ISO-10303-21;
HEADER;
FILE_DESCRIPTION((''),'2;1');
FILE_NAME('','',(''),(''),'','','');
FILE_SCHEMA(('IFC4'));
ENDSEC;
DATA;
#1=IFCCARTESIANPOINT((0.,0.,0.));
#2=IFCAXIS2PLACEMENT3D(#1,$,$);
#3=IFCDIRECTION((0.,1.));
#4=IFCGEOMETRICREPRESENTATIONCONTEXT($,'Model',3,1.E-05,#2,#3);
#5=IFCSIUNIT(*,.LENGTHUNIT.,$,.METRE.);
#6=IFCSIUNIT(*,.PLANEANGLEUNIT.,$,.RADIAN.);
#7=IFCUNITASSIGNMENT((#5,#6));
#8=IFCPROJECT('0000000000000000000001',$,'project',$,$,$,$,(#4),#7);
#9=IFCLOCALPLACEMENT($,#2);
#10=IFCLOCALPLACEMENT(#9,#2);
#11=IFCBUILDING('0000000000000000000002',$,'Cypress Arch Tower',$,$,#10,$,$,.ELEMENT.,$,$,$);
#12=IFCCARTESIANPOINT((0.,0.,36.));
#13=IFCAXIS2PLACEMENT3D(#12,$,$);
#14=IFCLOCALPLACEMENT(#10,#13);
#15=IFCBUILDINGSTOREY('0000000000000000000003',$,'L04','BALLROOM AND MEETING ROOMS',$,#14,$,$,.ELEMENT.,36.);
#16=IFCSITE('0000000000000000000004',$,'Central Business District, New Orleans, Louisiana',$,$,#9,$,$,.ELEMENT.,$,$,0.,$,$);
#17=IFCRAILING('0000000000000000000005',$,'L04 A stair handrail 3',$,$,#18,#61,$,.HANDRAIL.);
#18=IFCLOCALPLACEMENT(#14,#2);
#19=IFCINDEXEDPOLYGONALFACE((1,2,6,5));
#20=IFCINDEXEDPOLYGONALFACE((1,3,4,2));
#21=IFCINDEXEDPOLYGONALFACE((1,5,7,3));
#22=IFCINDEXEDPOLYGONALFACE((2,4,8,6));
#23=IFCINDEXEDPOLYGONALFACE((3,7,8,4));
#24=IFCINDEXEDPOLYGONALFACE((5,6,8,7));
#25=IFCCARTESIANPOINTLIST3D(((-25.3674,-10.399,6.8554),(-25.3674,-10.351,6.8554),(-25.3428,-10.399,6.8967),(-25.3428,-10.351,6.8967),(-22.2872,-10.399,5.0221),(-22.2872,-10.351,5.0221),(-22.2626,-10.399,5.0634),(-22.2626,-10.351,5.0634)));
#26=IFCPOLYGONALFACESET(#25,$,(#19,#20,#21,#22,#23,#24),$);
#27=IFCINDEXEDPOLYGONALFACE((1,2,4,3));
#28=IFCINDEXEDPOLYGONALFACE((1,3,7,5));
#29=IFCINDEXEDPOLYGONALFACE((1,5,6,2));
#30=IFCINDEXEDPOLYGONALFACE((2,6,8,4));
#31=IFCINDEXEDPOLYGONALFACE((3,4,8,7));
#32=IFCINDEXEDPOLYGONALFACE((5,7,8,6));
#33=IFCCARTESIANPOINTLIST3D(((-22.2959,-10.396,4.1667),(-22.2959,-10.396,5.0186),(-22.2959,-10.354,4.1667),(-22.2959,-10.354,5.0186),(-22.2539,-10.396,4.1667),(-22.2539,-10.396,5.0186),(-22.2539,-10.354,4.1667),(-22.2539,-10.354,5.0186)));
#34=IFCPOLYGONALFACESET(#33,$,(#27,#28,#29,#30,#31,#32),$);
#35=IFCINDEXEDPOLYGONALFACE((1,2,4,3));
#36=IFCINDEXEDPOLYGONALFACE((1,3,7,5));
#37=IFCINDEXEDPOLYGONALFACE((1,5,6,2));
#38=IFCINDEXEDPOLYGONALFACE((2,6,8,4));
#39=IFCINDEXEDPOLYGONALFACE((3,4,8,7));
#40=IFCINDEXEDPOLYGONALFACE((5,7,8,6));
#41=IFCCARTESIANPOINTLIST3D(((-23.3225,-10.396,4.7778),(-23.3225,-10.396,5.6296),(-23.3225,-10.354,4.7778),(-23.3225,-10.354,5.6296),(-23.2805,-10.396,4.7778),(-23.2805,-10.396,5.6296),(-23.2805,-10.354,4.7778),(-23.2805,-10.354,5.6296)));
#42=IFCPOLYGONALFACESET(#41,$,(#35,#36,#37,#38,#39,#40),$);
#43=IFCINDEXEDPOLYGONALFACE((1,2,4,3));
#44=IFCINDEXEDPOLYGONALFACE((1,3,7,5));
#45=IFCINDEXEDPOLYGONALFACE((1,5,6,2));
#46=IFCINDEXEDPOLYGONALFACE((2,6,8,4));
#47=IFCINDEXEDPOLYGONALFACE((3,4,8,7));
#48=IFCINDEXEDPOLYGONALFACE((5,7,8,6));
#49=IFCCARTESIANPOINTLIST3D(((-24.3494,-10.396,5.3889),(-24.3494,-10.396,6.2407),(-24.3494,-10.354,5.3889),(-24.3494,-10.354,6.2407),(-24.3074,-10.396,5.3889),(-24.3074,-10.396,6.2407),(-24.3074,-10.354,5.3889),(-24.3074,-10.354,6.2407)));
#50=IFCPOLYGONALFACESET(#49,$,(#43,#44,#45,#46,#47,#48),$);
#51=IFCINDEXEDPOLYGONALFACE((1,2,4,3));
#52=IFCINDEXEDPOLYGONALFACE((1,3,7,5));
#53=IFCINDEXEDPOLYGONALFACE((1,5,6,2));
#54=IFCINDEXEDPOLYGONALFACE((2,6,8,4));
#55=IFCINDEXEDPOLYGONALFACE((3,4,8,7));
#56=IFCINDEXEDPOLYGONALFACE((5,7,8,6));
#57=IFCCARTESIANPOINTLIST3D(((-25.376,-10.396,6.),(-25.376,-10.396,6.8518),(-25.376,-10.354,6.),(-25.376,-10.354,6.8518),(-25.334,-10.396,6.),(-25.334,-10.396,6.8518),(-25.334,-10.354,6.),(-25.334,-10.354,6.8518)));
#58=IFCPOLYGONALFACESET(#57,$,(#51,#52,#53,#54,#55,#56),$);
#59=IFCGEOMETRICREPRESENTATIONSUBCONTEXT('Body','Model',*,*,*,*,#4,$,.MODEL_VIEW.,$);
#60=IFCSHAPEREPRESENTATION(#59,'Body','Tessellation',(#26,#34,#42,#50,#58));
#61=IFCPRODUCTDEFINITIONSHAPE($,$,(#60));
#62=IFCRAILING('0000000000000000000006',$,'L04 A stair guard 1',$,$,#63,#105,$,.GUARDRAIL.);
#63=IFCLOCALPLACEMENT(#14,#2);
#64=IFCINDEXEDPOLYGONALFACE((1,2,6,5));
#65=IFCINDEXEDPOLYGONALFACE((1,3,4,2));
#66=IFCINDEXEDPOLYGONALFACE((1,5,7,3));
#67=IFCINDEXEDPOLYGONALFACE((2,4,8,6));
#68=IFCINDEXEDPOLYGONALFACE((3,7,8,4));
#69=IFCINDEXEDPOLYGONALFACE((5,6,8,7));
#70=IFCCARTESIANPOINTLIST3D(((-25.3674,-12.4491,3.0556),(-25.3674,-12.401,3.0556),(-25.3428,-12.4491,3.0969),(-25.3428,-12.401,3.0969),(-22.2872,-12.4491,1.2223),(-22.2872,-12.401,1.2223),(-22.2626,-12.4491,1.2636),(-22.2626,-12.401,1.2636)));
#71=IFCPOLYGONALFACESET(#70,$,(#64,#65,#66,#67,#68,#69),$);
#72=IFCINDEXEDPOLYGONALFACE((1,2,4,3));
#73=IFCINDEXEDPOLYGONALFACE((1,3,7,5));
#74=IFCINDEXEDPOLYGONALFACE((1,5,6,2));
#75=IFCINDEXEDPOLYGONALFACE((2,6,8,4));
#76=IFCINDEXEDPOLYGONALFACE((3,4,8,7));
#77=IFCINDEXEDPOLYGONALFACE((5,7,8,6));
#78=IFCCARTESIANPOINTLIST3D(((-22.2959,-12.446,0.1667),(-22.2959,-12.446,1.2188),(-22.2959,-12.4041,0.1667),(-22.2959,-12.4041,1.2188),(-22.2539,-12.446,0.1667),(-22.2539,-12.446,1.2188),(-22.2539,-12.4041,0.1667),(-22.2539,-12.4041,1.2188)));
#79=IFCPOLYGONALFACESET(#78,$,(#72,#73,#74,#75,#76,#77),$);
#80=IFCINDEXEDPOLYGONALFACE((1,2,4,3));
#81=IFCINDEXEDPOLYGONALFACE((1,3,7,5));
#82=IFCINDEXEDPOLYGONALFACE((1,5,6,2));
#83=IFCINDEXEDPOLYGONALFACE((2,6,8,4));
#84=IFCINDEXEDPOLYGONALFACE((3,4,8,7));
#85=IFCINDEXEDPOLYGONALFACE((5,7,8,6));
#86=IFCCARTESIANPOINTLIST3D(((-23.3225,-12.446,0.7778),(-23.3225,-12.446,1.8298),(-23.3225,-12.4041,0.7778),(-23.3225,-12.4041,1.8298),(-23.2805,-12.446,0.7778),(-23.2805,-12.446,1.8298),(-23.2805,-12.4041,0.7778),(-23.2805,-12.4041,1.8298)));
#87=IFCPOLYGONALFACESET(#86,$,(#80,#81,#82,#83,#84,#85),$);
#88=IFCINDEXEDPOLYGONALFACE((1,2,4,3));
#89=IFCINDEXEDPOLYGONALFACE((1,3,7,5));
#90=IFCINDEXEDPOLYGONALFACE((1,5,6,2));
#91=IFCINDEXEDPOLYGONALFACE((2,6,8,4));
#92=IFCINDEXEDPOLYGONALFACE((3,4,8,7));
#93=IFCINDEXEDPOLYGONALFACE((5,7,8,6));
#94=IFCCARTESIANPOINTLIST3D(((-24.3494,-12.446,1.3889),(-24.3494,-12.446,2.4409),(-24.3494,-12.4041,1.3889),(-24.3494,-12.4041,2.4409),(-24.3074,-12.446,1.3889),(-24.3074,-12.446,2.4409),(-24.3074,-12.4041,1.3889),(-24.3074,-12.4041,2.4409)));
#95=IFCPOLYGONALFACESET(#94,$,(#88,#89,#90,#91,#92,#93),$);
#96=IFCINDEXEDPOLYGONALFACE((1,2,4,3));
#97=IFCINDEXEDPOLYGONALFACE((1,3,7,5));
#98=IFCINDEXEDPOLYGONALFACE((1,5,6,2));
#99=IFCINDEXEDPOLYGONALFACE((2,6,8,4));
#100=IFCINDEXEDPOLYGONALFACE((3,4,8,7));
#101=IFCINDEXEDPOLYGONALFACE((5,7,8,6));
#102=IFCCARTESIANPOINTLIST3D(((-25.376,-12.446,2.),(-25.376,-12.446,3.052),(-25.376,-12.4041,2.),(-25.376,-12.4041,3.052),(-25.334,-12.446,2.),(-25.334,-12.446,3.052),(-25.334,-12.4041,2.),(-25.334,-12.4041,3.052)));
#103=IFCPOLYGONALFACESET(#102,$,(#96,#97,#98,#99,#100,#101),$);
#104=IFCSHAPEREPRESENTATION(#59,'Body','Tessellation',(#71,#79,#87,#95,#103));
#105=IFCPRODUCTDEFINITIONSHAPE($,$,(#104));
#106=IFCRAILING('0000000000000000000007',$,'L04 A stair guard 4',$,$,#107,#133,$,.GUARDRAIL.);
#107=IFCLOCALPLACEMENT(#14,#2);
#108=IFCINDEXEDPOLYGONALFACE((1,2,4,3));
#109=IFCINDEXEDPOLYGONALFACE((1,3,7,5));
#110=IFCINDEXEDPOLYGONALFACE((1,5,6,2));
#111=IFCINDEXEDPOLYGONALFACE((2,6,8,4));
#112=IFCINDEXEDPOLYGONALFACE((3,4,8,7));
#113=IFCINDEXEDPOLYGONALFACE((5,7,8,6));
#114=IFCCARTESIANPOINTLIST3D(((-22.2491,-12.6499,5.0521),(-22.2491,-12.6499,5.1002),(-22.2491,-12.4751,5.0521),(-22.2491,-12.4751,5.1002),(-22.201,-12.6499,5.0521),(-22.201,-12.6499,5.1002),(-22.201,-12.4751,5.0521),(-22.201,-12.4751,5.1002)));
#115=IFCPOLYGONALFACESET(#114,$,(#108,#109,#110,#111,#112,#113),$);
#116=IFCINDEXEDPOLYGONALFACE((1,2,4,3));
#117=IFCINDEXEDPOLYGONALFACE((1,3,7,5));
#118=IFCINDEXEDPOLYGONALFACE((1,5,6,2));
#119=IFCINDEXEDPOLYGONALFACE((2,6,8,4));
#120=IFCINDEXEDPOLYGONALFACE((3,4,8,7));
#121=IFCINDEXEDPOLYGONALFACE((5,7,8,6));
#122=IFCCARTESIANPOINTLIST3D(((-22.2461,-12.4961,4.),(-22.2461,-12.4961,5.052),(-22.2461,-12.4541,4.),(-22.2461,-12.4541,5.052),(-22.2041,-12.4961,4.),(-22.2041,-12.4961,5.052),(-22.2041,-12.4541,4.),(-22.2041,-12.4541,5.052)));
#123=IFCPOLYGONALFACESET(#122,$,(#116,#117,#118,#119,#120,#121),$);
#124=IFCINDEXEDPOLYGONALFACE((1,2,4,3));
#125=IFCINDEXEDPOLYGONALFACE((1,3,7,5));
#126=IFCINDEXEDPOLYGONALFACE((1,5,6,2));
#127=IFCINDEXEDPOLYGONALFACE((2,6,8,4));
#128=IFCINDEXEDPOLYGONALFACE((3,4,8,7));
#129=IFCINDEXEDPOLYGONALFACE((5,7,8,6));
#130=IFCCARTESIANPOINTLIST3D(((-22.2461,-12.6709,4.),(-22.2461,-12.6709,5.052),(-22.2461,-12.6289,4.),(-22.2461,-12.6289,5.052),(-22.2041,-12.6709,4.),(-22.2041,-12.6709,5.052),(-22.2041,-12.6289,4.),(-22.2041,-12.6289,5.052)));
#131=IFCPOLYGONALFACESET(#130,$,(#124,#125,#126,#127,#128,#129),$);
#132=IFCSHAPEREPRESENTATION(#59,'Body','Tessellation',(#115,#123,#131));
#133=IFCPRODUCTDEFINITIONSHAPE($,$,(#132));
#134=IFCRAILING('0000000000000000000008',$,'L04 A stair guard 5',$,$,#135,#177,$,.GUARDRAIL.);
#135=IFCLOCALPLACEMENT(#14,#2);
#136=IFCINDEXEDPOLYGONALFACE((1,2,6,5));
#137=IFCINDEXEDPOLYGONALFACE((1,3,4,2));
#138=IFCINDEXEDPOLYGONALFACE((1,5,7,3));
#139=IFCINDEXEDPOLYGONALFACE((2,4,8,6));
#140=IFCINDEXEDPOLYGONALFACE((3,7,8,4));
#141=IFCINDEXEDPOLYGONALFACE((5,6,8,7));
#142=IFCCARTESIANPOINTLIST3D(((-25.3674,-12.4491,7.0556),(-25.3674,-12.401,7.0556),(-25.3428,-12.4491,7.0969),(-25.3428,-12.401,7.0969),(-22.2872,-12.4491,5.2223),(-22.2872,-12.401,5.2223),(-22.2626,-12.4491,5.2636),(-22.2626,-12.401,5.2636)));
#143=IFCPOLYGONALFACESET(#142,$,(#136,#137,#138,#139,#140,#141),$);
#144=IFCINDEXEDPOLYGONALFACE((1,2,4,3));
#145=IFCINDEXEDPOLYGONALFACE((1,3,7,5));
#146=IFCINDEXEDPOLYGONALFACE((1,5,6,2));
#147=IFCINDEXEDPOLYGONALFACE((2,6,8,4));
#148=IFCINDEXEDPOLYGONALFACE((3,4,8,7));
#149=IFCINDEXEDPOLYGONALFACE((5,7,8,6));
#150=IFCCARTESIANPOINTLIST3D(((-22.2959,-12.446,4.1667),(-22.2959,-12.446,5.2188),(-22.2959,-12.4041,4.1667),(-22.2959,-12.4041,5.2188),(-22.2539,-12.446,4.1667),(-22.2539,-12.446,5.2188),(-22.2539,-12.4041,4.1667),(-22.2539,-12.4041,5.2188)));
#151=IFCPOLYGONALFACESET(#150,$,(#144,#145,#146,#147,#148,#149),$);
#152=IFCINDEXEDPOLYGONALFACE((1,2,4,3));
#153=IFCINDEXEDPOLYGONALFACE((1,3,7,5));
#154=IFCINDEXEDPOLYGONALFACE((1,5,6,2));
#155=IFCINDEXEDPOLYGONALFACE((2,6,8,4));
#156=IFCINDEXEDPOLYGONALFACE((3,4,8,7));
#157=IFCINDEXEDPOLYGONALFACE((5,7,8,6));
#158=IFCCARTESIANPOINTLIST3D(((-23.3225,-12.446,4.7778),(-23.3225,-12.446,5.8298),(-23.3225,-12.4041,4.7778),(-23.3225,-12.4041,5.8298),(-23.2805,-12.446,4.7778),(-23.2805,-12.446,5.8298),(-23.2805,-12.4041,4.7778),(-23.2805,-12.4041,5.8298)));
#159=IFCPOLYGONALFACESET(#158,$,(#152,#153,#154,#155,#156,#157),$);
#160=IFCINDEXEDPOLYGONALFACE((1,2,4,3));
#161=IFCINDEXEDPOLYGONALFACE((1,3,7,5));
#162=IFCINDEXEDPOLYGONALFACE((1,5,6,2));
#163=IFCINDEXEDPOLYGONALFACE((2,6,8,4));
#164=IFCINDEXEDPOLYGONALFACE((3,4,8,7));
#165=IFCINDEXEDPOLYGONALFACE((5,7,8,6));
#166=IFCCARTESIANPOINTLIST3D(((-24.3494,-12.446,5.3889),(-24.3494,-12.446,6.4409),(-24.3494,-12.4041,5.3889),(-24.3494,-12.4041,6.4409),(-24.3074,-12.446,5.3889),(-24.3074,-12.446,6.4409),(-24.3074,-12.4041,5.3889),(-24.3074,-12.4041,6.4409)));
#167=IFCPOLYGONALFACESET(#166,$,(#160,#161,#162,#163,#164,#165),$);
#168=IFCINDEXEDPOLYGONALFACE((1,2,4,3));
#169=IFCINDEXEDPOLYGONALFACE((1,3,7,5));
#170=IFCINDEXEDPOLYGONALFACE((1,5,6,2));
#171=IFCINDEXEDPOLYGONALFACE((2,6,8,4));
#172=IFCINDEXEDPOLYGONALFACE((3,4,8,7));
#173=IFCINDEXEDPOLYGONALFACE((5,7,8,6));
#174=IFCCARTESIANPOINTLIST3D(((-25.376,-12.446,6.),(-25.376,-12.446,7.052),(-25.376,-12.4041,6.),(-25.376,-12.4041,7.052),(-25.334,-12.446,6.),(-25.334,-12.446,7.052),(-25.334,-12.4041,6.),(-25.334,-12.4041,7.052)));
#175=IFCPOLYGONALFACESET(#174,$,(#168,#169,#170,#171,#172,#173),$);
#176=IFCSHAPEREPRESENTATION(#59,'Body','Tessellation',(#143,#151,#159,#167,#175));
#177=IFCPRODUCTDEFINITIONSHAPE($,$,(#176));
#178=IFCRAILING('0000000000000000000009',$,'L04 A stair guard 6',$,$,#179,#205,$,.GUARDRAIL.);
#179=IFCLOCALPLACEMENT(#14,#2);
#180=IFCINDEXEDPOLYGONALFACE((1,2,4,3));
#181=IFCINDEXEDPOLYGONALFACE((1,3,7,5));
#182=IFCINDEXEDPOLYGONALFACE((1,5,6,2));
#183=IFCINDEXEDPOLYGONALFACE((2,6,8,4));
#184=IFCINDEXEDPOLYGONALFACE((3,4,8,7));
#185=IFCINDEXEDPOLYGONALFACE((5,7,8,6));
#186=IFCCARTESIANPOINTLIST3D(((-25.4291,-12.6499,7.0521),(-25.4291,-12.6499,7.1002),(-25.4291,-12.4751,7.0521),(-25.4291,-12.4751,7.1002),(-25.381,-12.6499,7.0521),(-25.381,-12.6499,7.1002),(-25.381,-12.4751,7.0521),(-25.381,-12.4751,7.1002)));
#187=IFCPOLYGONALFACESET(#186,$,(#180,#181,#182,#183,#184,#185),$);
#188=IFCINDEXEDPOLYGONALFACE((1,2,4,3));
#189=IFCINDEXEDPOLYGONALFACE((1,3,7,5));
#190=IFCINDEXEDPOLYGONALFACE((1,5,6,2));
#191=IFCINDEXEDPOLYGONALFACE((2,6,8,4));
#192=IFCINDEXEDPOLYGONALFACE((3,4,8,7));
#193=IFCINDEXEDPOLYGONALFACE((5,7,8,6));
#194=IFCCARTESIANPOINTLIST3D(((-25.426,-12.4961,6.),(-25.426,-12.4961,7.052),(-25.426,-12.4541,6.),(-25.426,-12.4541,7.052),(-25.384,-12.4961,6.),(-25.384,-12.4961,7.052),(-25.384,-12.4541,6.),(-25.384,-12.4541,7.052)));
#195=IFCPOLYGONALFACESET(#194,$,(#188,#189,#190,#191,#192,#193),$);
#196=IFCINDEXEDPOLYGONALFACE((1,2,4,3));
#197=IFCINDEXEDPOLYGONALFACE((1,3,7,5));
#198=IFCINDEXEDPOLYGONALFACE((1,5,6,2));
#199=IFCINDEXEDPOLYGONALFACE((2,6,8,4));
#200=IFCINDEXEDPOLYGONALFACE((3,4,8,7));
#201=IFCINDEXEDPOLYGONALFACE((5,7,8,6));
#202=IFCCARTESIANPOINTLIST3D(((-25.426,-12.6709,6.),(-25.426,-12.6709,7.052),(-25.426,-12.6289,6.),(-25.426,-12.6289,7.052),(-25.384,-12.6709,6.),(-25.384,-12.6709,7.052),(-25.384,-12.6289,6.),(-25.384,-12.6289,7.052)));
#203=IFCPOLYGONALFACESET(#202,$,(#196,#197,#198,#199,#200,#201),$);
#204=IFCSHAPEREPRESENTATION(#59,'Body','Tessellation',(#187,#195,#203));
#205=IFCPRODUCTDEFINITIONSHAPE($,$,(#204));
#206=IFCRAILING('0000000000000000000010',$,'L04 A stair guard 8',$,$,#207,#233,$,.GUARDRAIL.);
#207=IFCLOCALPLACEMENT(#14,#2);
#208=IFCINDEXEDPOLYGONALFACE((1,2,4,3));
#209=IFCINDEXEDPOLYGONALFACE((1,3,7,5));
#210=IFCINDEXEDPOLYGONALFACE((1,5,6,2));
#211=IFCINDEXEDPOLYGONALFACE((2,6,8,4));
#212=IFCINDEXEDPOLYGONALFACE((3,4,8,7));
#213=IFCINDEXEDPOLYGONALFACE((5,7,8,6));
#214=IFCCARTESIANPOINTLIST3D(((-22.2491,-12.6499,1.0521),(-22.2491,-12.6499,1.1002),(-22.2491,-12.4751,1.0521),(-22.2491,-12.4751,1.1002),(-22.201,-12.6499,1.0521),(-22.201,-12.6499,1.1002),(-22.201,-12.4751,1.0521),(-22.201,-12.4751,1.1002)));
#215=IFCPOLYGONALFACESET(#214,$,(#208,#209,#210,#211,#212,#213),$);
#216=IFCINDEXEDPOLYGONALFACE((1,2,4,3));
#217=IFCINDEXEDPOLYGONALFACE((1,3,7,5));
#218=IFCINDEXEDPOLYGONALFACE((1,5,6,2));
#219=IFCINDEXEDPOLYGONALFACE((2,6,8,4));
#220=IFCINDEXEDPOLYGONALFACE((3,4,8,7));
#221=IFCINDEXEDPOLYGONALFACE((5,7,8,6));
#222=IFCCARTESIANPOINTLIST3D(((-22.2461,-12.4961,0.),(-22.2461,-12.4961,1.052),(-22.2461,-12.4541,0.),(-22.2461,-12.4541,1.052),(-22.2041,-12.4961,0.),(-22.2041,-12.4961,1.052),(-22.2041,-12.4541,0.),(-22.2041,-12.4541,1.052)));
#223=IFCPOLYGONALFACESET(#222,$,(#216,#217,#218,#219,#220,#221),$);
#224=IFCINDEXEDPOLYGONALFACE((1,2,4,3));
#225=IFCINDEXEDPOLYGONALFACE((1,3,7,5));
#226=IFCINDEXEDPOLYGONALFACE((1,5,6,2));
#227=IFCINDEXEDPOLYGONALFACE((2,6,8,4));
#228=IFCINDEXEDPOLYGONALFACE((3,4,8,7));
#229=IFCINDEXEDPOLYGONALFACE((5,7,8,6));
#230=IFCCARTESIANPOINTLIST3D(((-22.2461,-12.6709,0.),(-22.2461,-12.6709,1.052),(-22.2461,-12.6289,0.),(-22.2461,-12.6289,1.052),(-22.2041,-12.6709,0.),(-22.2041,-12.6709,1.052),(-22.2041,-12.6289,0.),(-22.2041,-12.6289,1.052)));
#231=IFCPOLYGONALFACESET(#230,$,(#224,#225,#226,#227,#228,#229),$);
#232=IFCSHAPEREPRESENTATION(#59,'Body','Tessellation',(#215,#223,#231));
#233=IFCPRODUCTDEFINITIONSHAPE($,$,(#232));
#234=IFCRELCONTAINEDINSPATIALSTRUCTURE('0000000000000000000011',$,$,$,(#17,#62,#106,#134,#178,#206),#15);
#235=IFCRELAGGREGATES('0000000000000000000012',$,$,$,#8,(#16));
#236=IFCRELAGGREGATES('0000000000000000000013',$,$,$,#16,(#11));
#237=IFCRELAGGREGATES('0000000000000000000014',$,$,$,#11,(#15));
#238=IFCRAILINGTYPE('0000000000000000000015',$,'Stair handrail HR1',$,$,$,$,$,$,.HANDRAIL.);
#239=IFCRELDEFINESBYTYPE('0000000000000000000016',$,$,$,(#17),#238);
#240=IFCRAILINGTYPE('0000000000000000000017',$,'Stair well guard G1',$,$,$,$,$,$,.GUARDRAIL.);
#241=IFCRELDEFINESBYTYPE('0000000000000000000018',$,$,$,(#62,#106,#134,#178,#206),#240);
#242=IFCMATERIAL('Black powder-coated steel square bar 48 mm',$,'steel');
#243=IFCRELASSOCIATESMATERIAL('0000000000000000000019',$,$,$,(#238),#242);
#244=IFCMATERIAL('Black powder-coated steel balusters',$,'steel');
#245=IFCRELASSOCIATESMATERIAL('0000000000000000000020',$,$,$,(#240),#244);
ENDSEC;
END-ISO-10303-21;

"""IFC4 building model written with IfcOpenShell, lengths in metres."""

from ifc_helpers import new_model, si_unit, direction, frame, origin, origin_2d, place, context, subcontext, project, spatial, rectangle, extrude, material, type_object, element, save


model = new_model("IFC4")

# Units and contexts
model_context = context("Model", 3, precision=1e-05, world=origin(), true_north=direction((0.0, 1.0)))
body_context = subcontext(model_context, "Body", "Model", "MODEL_VIEW")
ifc_project = project(units=[si_unit("LENGTHUNIT", "METRE"), si_unit("PLANEANGLEUNIT", "RADIAN")], contexts=[model_context])

# Site, building, storey
site_placement = place(None, origin())
site = spatial("IfcSite", under=ifc_project, at=site_placement, Name="Central Business District, New Orleans, Louisiana", CompositionType="ELEMENT", RefElevation=0.0)
building_placement = place(site_placement, origin())
building = spatial("IfcBuilding", under=site, at=building_placement, Name="Cypress Arch Tower", CompositionType="ELEMENT")
storey_placement = place(building_placement, frame((0.0, 0.0, 36.0)))
storey = spatial("IfcBuildingStorey", under=building, at=storey_placement, Name="L04", Description="BALLROOM AND MEETING ROOMS", CompositionType="ELEMENT", Elevation=36.0)

# Railings
ifc_material_1 = material(Name="Black powder-coated steel square bar 48 mm", Category="steel")
railing_type_1 = type_object("IfcRailingType", Name="Stair handrail HR1", PredefinedType="HANDRAIL", material=ifc_material_1)
for number, where, name in (
    (1, (-22.2749, -10.375, 4.1667), "L04 A stair handrail 3"),
):
    element("IfcRailing", number, at=place(storey_placement, frame(where)), inside=storey, type_object=railing_type_1, Name=name, PredefinedType="HANDRAIL", context=body_context, shape_type="SweptSolid", body=[
        extrude(rectangle(XDim=0.0481, YDim=0.0481, at=origin_2d()), frame((0.0, 0.0, 0.876), z_axis=(-0.859309, 0.0, 0.511458), x_axis=(0.0, -1.0, 0.0)), (0.0, 0.0, 1.0), 3.5845),
        extrude(rectangle(XDim=0.042, YDim=0.042, at=origin_2d()), origin(), (0.0, 0.0, 1.0), 0.8518),
        extrude(rectangle(XDim=0.042, YDim=0.042, at=origin_2d()), frame((-1.0266, 0.0, 0.6111)), (0.0, 0.0, 1.0), 0.8518),
        extrude(rectangle(XDim=0.042, YDim=0.042, at=origin_2d()), frame((-2.0535, 0.0, 1.2222)), (0.0, 0.0, 1.0), 0.8518),
        extrude(rectangle(XDim=0.042, YDim=0.042, at=origin_2d()), frame((-3.0801, 0.0, 1.8333)), (0.0, 0.0, 1.0), 0.8518),
    ])
ifc_material_2 = material(Name="Black powder-coated steel balusters", Category="steel")
railing_type_2 = type_object("IfcRailingType", Name="Stair well guard G1", PredefinedType="GUARDRAIL", material=ifc_material_2)
railing_1_placement = place(storey_placement, frame((-22.2749, -12.425, 0.1667)))
element("IfcRailing", 2, at=railing_1_placement, inside=storey, type_object=railing_type_2, Name="L04 A stair guard 1", PredefinedType="GUARDRAIL", context=body_context, shape_type="SweptSolid", body=[
    extrude(rectangle(XDim=0.0481, YDim=0.0481, at=origin_2d()), frame((0.0, 0.0, 1.0762), z_axis=(-0.859309, 0.0, 0.511458), x_axis=(0.0, -1.0, 0.0)), (0.0, 0.0, 1.0), 3.5845),
    extrude(rectangle(XDim=0.042, YDim=0.042, at=origin_2d()), origin(), (0.0, 0.0, 1.0), 1.052),
    extrude(rectangle(XDim=0.042, YDim=0.042, at=origin_2d()), frame((-1.0266, 0.0, 0.6111)), (0.0, 0.0, 1.0), 1.052),
    extrude(rectangle(XDim=0.042, YDim=0.042, at=origin_2d()), frame((-2.0535, 0.0, 1.2222)), (0.0, 0.0, 1.0), 1.052),
    extrude(rectangle(XDim=0.042, YDim=0.042, at=origin_2d()), frame((-3.0801, 0.0, 1.8333)), (0.0, 0.0, 1.0), 1.052),
])
railing_2_placement = place(storey_placement, frame((-22.2251, -12.4751, 4.0)))
element("IfcRailing", 3, at=railing_2_placement, inside=storey, type_object=railing_type_2, Name="L04 A stair guard 4", PredefinedType="GUARDRAIL", context=body_context, shape_type="SweptSolid", body=[
    extrude(rectangle(XDim=0.0481, YDim=0.0481, at=origin_2d()), frame((0.0, 0.0, 1.0762), z_axis=(0.0, -1.0, 0.0), x_axis=(1.0, 0.0, 0.0)), (0.0, 0.0, 1.0), 0.1748),
    extrude(rectangle(XDim=0.042, YDim=0.042, at=origin_2d()), origin(), (0.0, 0.0, 1.0), 1.052),
    extrude(rectangle(XDim=0.042, YDim=0.042, at=origin_2d()), frame((0.0, -0.1748, 0.0)), (0.0, 0.0, 1.0), 1.052),
])
railing_3_placement = place(storey_placement, frame((-22.2749, -12.425, 4.1667)))
element("IfcRailing", 4, at=railing_3_placement, inside=storey, type_object=railing_type_2, Name="L04 A stair guard 5", PredefinedType="GUARDRAIL", context=body_context, shape_type="SweptSolid", body=[
    extrude(rectangle(XDim=0.0481, YDim=0.0481, at=origin_2d()), frame((0.0, 0.0, 1.0762), z_axis=(-0.859309, 0.0, 0.511458), x_axis=(0.0, -1.0, 0.0)), (0.0, 0.0, 1.0), 3.5845),
    extrude(rectangle(XDim=0.042, YDim=0.042, at=origin_2d()), origin(), (0.0, 0.0, 1.0), 1.052),
    extrude(rectangle(XDim=0.042, YDim=0.042, at=origin_2d()), frame((-1.0266, 0.0, 0.6111)), (0.0, 0.0, 1.0), 1.052),
    extrude(rectangle(XDim=0.042, YDim=0.042, at=origin_2d()), frame((-2.0535, 0.0, 1.2222)), (0.0, 0.0, 1.0), 1.052),
    extrude(rectangle(XDim=0.042, YDim=0.042, at=origin_2d()), frame((-3.0801, 0.0, 1.8333)), (0.0, 0.0, 1.0), 1.052),
])
for number, where, name in (
    (5, (-25.405, -12.4751, 6.0), "L04 A stair guard 6"),
    (6, (-22.2251, -12.4751, 0.0), "L04 A stair guard 8"),
):
    element("IfcRailing", number, at=place(storey_placement, frame(where)), inside=storey, type_object=railing_type_2, Name=name, PredefinedType="GUARDRAIL", context=body_context, shape_type="SweptSolid", body=[
        extrude(rectangle(XDim=0.0481, YDim=0.0481, at=origin_2d()), frame((0.0, 0.0, 1.0762), z_axis=(0.0, -1.0, 0.0), x_axis=(1.0, 0.0, 0.0)), (0.0, 0.0, 1.0), 0.1748),
        extrude(rectangle(XDim=0.042, YDim=0.042, at=origin_2d()), origin(), (0.0, 0.0, 1.0), 1.052),
        extrude(rectangle(XDim=0.042, YDim=0.042, at=origin_2d()), frame((0.0, -0.1748, 0.0)), (0.0, 0.0, 1.0), 1.052),
    ])

save(model, "model.ifc")
